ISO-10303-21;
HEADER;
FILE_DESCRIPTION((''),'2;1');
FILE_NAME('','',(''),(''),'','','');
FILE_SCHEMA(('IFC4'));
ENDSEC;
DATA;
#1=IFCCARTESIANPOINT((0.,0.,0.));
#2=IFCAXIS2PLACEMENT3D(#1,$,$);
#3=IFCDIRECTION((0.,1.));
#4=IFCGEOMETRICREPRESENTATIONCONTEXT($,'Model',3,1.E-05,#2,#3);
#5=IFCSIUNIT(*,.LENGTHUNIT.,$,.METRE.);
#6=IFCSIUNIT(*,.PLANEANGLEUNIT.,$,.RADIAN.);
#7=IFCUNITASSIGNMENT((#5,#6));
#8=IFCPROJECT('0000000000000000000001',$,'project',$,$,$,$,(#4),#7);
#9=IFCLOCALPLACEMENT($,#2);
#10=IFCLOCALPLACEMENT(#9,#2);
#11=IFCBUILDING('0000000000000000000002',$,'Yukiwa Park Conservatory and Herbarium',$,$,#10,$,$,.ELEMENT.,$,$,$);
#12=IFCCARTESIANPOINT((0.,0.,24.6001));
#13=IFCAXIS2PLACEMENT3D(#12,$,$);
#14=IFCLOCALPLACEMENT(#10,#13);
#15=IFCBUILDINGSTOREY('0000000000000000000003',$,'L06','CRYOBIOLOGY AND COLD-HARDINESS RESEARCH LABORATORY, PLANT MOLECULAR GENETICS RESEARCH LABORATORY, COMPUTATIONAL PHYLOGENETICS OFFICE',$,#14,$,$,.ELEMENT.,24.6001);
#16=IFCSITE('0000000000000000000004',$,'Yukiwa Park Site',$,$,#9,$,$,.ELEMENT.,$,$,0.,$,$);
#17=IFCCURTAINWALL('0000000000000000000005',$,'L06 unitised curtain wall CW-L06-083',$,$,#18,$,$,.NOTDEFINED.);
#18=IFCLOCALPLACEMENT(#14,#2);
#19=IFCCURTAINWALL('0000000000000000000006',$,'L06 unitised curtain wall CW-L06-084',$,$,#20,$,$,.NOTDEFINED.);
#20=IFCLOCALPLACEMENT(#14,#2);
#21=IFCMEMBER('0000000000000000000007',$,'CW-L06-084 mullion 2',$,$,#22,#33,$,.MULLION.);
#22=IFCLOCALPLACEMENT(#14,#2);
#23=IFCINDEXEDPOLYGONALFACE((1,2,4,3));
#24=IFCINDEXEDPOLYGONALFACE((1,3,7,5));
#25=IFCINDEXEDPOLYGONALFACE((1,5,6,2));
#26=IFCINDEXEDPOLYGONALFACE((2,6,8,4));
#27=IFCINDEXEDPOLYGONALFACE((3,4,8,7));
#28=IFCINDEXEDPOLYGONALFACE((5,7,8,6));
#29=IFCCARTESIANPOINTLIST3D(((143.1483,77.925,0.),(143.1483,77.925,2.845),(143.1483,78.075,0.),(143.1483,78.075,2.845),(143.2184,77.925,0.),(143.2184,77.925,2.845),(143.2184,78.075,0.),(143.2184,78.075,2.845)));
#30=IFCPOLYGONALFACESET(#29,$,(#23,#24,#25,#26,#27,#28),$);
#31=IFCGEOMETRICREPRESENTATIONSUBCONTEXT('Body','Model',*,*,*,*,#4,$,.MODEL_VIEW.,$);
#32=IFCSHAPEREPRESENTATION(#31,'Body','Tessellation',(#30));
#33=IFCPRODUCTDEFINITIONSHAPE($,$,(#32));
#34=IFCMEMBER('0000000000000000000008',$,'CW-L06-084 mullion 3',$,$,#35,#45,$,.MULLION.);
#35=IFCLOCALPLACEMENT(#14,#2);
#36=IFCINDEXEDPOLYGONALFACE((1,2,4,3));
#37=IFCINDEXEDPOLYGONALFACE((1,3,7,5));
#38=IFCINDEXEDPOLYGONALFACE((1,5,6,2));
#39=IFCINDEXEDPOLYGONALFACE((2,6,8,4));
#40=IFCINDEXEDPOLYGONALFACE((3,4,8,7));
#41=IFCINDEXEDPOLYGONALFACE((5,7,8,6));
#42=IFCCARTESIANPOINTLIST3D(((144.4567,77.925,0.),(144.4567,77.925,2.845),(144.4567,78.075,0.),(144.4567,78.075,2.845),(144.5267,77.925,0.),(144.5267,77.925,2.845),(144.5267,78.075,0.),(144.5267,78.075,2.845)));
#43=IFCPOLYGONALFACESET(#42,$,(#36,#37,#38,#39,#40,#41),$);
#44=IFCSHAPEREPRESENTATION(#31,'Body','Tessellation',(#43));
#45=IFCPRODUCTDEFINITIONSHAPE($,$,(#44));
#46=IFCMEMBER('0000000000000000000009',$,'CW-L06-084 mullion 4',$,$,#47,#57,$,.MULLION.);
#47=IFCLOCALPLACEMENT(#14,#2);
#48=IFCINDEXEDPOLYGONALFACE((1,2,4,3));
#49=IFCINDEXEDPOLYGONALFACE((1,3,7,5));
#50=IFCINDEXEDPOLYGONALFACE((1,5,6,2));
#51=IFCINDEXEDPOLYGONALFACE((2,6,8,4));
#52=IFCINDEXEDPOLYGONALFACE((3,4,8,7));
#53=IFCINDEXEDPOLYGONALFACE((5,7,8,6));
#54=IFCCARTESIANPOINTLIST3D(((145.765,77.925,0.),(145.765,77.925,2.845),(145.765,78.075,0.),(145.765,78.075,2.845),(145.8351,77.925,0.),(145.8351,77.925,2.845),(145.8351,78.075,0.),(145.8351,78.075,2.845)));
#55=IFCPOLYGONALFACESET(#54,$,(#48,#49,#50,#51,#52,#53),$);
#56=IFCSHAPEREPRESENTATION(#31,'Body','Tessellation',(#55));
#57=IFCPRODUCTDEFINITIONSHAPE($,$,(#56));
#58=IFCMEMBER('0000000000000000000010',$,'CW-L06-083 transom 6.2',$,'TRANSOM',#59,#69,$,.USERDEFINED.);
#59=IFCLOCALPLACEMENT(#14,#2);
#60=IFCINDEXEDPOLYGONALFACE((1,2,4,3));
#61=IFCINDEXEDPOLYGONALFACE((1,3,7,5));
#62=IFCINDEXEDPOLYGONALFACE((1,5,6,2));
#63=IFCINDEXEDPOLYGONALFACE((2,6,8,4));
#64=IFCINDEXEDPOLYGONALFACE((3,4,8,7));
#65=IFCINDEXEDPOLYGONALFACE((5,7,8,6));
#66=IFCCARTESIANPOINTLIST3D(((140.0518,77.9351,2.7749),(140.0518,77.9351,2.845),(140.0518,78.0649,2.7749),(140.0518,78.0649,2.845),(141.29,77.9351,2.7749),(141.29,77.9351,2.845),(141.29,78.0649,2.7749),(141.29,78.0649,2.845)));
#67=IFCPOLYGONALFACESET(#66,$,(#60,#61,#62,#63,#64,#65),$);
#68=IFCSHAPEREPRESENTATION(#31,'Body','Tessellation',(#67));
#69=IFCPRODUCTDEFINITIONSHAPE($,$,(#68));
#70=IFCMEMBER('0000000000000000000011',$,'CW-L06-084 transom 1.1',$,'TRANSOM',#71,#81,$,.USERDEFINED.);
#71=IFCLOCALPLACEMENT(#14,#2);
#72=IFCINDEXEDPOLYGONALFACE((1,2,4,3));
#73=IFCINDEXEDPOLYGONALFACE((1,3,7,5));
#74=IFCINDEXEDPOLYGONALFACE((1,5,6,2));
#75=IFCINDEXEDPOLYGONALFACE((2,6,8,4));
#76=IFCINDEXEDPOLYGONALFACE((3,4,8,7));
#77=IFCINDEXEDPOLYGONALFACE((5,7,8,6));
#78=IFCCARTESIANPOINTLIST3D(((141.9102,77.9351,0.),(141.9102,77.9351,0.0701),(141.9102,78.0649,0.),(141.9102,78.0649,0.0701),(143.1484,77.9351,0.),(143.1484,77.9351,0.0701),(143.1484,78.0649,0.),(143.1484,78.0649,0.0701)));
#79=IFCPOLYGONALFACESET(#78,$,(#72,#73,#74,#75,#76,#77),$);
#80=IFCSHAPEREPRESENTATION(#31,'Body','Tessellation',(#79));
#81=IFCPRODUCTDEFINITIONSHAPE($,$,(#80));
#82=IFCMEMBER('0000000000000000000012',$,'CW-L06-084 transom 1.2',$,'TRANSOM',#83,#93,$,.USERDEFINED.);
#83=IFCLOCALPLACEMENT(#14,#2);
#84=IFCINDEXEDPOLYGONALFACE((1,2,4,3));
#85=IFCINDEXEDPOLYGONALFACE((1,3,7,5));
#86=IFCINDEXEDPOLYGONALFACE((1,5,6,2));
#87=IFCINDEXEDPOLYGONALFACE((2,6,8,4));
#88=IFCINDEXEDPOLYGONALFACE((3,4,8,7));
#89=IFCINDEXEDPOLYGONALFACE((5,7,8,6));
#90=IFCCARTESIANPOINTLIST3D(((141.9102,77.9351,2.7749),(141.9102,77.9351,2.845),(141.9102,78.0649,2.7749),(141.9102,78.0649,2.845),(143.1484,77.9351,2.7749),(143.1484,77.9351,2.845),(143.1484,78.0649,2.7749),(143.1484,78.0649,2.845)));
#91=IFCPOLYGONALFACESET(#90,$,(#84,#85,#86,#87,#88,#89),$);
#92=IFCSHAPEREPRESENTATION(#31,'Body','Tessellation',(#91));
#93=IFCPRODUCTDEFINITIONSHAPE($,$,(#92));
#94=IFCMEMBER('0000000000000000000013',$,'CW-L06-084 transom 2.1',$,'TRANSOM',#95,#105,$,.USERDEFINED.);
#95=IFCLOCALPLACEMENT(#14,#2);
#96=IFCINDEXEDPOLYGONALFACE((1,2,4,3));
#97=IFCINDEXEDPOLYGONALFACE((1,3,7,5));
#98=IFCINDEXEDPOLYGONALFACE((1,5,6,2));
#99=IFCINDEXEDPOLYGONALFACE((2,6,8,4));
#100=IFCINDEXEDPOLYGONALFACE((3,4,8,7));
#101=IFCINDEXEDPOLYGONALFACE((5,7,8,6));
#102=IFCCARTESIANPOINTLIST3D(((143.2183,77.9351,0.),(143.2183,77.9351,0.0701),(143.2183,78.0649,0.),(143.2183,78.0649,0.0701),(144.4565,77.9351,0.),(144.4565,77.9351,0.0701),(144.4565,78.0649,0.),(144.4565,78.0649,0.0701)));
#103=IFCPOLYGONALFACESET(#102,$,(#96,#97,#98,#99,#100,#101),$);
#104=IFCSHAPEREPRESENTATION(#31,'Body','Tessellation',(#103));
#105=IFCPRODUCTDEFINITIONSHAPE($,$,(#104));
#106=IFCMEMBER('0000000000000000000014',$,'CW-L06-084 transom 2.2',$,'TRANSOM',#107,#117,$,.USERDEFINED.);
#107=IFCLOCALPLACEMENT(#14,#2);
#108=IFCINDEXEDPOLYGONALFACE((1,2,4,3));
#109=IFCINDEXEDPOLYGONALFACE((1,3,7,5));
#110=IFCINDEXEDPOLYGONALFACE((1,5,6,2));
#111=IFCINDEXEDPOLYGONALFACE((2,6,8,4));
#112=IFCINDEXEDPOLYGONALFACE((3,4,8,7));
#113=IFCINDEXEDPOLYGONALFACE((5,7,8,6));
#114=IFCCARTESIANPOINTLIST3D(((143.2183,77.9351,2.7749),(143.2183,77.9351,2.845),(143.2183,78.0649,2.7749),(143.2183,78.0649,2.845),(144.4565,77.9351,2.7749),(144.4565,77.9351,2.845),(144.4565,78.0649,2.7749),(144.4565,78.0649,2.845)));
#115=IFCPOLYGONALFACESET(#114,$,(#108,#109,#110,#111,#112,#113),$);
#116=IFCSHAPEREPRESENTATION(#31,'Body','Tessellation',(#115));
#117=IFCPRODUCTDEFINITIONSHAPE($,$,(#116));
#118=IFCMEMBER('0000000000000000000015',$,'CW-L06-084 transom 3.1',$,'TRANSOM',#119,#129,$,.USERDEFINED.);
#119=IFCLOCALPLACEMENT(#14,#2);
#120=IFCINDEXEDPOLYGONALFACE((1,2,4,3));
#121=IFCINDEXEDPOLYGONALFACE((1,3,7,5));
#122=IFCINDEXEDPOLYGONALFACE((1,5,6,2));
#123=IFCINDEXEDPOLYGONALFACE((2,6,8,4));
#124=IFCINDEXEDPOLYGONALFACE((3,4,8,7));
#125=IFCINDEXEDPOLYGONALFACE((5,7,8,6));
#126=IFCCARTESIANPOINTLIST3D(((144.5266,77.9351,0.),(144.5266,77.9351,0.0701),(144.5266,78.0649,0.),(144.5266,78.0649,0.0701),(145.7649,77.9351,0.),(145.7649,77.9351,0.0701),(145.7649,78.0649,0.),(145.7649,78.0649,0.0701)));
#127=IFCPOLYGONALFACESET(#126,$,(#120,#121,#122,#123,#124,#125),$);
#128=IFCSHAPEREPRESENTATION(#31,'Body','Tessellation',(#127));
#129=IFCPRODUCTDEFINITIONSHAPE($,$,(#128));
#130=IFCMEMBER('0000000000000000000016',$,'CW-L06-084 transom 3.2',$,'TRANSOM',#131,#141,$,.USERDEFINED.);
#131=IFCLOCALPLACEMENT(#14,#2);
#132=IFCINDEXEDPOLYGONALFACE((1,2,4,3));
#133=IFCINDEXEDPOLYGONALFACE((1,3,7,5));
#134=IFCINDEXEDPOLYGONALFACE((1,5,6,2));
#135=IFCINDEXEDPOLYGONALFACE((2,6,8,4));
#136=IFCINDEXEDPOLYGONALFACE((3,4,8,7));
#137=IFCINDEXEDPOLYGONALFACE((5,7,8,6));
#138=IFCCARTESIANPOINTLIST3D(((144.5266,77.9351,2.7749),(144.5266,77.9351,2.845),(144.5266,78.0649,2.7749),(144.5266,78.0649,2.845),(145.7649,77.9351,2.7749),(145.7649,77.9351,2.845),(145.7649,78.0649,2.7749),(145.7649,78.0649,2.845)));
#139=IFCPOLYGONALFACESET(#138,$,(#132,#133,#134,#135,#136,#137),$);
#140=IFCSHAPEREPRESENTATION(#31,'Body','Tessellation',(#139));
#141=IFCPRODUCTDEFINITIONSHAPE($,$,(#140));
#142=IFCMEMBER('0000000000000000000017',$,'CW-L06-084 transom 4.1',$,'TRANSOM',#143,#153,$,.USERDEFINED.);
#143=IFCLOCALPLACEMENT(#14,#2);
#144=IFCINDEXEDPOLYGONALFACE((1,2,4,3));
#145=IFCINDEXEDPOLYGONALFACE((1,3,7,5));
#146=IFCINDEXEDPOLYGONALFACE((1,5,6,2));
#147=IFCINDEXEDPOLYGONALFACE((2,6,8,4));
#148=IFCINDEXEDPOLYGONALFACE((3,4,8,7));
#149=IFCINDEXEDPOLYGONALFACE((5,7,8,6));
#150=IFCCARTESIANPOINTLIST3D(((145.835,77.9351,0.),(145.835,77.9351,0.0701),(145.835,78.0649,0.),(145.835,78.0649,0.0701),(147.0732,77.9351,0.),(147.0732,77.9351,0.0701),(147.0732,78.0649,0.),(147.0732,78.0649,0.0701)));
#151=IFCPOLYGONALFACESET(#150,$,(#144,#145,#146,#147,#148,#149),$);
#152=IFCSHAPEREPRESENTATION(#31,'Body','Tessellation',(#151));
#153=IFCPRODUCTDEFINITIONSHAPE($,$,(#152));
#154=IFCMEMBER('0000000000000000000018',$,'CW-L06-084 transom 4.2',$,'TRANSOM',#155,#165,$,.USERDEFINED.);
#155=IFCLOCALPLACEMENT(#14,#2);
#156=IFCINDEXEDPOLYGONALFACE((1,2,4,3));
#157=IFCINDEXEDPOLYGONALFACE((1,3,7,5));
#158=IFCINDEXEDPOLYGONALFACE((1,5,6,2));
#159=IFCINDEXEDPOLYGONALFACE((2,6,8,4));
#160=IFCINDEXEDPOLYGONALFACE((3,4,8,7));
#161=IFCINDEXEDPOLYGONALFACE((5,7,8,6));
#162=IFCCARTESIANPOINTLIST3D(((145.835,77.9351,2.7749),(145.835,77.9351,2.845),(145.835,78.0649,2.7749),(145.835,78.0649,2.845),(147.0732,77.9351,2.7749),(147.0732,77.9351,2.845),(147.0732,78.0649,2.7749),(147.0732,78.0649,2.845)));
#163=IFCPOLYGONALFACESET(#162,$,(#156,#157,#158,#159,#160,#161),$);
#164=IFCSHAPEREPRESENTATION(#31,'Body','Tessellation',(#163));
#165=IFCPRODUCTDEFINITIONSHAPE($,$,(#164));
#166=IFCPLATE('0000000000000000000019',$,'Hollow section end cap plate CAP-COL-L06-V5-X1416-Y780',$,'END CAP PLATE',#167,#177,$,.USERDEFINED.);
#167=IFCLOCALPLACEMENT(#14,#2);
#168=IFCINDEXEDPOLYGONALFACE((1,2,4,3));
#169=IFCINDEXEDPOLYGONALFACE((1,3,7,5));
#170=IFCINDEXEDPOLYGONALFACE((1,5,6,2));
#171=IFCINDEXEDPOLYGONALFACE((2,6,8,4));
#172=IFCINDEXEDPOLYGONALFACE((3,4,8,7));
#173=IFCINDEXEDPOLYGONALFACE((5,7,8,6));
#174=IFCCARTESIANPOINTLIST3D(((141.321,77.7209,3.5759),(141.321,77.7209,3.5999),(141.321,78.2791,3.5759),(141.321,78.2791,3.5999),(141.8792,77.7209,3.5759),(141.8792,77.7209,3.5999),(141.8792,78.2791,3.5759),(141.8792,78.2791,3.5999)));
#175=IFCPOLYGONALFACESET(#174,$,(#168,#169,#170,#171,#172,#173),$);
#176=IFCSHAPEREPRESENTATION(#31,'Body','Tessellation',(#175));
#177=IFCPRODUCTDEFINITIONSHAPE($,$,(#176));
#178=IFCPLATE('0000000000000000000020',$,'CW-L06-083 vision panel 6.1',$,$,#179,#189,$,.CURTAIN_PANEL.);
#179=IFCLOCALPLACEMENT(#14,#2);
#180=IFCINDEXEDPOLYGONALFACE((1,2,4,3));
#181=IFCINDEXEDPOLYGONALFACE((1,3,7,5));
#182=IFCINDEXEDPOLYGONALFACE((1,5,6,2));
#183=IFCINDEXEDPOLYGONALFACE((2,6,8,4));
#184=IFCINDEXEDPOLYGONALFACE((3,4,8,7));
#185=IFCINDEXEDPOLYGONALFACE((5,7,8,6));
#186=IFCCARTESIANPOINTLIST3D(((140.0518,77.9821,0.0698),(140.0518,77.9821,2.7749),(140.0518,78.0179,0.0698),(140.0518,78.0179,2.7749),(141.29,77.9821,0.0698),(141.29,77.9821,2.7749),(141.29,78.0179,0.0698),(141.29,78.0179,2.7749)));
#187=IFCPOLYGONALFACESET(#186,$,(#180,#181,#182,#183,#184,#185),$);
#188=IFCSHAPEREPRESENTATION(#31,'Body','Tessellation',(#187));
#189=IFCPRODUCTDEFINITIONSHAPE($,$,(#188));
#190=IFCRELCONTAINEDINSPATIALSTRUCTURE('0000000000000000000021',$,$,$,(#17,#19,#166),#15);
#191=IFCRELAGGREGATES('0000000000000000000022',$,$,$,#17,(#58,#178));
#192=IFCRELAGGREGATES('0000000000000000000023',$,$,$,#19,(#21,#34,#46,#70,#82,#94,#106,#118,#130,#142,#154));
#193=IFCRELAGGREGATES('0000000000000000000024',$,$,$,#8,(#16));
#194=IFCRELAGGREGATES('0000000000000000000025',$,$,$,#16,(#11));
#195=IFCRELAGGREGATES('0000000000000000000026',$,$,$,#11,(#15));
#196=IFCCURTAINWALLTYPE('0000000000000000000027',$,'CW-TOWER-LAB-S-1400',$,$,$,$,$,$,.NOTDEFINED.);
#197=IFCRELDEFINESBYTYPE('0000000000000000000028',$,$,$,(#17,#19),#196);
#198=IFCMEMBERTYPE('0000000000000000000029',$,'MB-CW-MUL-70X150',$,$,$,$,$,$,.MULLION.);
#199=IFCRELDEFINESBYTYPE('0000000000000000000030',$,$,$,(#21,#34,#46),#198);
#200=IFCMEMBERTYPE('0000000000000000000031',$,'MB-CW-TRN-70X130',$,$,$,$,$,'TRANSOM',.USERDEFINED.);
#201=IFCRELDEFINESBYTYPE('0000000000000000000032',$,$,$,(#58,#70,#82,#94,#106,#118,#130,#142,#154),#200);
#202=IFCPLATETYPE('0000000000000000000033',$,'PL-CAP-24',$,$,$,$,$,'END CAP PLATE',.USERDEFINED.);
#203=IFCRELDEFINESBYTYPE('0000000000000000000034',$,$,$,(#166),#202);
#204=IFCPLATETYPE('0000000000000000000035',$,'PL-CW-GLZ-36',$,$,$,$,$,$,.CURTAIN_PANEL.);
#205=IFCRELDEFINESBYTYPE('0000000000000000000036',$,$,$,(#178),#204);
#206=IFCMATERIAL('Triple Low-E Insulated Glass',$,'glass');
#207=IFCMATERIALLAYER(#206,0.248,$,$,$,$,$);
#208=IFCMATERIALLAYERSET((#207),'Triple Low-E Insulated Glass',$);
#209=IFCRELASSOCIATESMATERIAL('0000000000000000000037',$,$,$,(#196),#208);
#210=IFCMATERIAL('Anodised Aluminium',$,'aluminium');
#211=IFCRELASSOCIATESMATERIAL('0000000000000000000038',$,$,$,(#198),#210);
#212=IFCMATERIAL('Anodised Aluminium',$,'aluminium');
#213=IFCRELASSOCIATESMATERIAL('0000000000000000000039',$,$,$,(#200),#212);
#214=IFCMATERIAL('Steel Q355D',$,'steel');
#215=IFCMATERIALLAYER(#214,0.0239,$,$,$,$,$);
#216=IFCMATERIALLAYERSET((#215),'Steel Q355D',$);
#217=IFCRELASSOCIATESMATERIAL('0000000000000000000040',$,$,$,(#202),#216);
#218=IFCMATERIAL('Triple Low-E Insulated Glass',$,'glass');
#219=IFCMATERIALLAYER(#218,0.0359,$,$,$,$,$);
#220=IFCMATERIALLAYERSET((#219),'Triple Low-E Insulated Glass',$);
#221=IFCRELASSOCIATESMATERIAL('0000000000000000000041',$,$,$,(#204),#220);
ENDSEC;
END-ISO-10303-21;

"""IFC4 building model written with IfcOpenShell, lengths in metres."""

from ifc_helpers import new_model, si_unit, direction, frame, origin, origin_2d, place, context, subcontext, project, spatial, rectangle, extrude, material, layer, layer_set, type_object, element, aggregate, save


model = new_model("IFC4")

# Units and contexts
model_context = context("Model", 3, precision=1e-05, world=origin(), true_north=direction((0.0, 1.0)))
body_context = subcontext(model_context, "Body", "Model", "MODEL_VIEW")
ifc_project = project(units=[si_unit("LENGTHUNIT", "METRE"), si_unit("PLANEANGLEUNIT", "RADIAN")], contexts=[model_context])

# Site, building, storey
site_placement = place(None, origin())
site = spatial("IfcSite", under=ifc_project, at=site_placement, Name="Yukiwa Park Site", CompositionType="ELEMENT", RefElevation=0.0)
building_placement = place(site_placement, origin())
building = spatial("IfcBuilding", under=site, at=building_placement, Name="Yukiwa Park Conservatory and Herbarium", CompositionType="ELEMENT")
storey_placement = place(building_placement, frame((0.0, 0.0, 24.6001)))
storey = spatial("IfcBuildingStorey", under=building, at=storey_placement, Name="L06", Description="CRYOBIOLOGY AND COLD-HARDINESS RESEARCH LABORATORY, PLANT MOLECULAR GENETICS RESEARCH LABORATORY, COMPUTATIONAL PHYLOGENETICS OFFICE", CompositionType="ELEMENT", Elevation=24.6001)

# Curtain wall
ifc_material_1 = material(Name="Triple Low-E Insulated Glass", Category="glass")
ifc_layer_1 = layer(ifc_material_1, 0.248)
ifc_layer_set_1 = layer_set([ifc_layer_1], Name="Triple Low-E Insulated Glass")
curtain_wall_type = type_object("IfcCurtainWallType", Name="CW-TOWER-LAB-S-1400", PredefinedType="NOTDEFINED", material=ifc_layer_set_1)
curtain_wall_1_placement = place(storey_placement, origin())
curtain_wall_1 = element("IfcCurtainWall", 1, at=curtain_wall_1_placement, inside=storey, type_object=curtain_wall_type, Name="L06 unitised curtain wall CW-L06-083", PredefinedType="NOTDEFINED")
ifc_material_2 = material(Name="Anodised Aluminium", Category="aluminium")
member_type_1 = type_object("IfcMemberType", Name="MB-CW-MUL-70X150", PredefinedType="MULLION", material=ifc_material_2)

# Curtain wall, members
curtain_wall_2_placement = place(storey_placement, origin())
curtain_wall_2 = element("IfcCurtainWall", 2, at=curtain_wall_2_placement, inside=storey, type_object=curtain_wall_type, Name="L06 unitised curtain wall CW-L06-084", PredefinedType="NOTDEFINED")
member_1_placement = place(storey_placement, frame((143.1833, 78.0, 0.0), z_axis=(0.0, 0.0, 1.0), x_axis=(1.0, 0.0, 0.0)))
member_1 = element("IfcMember", 3, at=member_1_placement, type_object=member_type_1, Name="CW-L06-084 mullion 2", PredefinedType="MULLION", context=body_context, shape_type="SweptSolid", body=[
    extrude(rectangle(XDim=0.0701, YDim=0.1499, at=origin_2d()), origin(), (0.0, 0.0, 1.0), 2.845),
])
member_2_placement = place(storey_placement, frame((144.4917, 78.0, 0.0), z_axis=(0.0, 0.0, 1.0), x_axis=(1.0, 0.0, 0.0)))
member_2 = element("IfcMember", 4, at=member_2_placement, type_object=member_type_1, Name="CW-L06-084 mullion 3", PredefinedType="MULLION", context=body_context, shape_type="SweptSolid", body=[
    extrude(rectangle(XDim=0.0701, YDim=0.1499, at=origin_2d()), origin(), (0.0, 0.0, 1.0), 2.845),
])
member_3_placement = place(storey_placement, frame((145.8, 78.0, 0.0), z_axis=(0.0, 0.0, 1.0), x_axis=(1.0, 0.0, 0.0)))
member_3 = element("IfcMember", 5, at=member_3_placement, type_object=member_type_1, Name="CW-L06-084 mullion 4", PredefinedType="MULLION", context=body_context, shape_type="SweptSolid", body=[
    extrude(rectangle(XDim=0.0701, YDim=0.1499, at=origin_2d()), origin(), (0.0, 0.0, 1.0), 2.845),
])

# Members
ifc_material_3 = material(Name="Anodised Aluminium", Category="aluminium")
member_type_2 = type_object("IfcMemberType", Name="MB-CW-TRN-70X130", ElementType="TRANSOM", PredefinedType="USERDEFINED", material=ifc_material_3)
member_4_placement = place(storey_placement, frame((140.6709, 78.0, 2.7749), z_axis=(0.0, 0.0, 1.0), x_axis=(1.0, 0.0, 0.0)))
member_4 = element("IfcMember", 6, at=member_4_placement, type_object=member_type_2, Name="CW-L06-083 transom 6.2", ObjectType="TRANSOM", PredefinedType="USERDEFINED", context=body_context, shape_type="SweptSolid", body=[
    extrude(rectangle(XDim=1.2383, YDim=0.1299, at=origin_2d()), origin(), (0.0, 0.0, 1.0), 0.0701),
])
member_5_placement = place(storey_placement, frame((142.5293, 78.0, 0.0), z_axis=(0.0, 0.0, 1.0), x_axis=(1.0, 0.0, 0.0)))
member_5 = element("IfcMember", 7, at=member_5_placement, type_object=member_type_2, Name="CW-L06-084 transom 1.1", ObjectType="TRANSOM", PredefinedType="USERDEFINED", context=body_context, shape_type="SweptSolid", body=[
    extrude(rectangle(XDim=1.2383, YDim=0.1299, at=origin_2d()), origin(), (0.0, 0.0, 1.0), 0.0701),
])
member_6_placement = place(storey_placement, frame((142.5293, 78.0, 2.7749), z_axis=(0.0, 0.0, 1.0), x_axis=(1.0, 0.0, 0.0)))
member_6 = element("IfcMember", 8, at=member_6_placement, type_object=member_type_2, Name="CW-L06-084 transom 1.2", ObjectType="TRANSOM", PredefinedType="USERDEFINED", context=body_context, shape_type="SweptSolid", body=[
    extrude(rectangle(XDim=1.2383, YDim=0.1299, at=origin_2d()), origin(), (0.0, 0.0, 1.0), 0.0701),
])
member_7_placement = place(storey_placement, frame((143.8374, 78.0, 0.0), z_axis=(0.0, 0.0, 1.0), x_axis=(1.0, 0.0, 0.0)))
member_7 = element("IfcMember", 9, at=member_7_placement, type_object=member_type_2, Name="CW-L06-084 transom 2.1", ObjectType="TRANSOM", PredefinedType="USERDEFINED", context=body_context, shape_type="SweptSolid", body=[
    extrude(rectangle(XDim=1.2383, YDim=0.1299, at=origin_2d()), origin(), (0.0, 0.0, 1.0), 0.0701),
])
member_8_placement = place(storey_placement, frame((143.8374, 78.0, 2.7749), z_axis=(0.0, 0.0, 1.0), x_axis=(1.0, 0.0, 0.0)))
member_8 = element("IfcMember", 10, at=member_8_placement, type_object=member_type_2, Name="CW-L06-084 transom 2.2", ObjectType="TRANSOM", PredefinedType="USERDEFINED", context=body_context, shape_type="SweptSolid", body=[
    extrude(rectangle(XDim=1.2383, YDim=0.1299, at=origin_2d()), origin(), (0.0, 0.0, 1.0), 0.0701),
])
member_9_placement = place(storey_placement, frame((145.1458, 78.0, 0.0), z_axis=(0.0, 0.0, 1.0), x_axis=(1.0, 0.0, 0.0)))
member_9 = element("IfcMember", 11, at=member_9_placement, type_object=member_type_2, Name="CW-L06-084 transom 3.1", ObjectType="TRANSOM", PredefinedType="USERDEFINED", context=body_context, shape_type="SweptSolid", body=[
    extrude(rectangle(XDim=1.2383, YDim=0.1299, at=origin_2d()), origin(), (0.0, 0.0, 1.0), 0.0701),
])
member_10_placement = place(storey_placement, frame((145.1458, 78.0, 2.7749), z_axis=(0.0, 0.0, 1.0), x_axis=(1.0, 0.0, 0.0)))
member_10 = element("IfcMember", 12, at=member_10_placement, type_object=member_type_2, Name="CW-L06-084 transom 3.2", ObjectType="TRANSOM", PredefinedType="USERDEFINED", context=body_context, shape_type="SweptSolid", body=[
    extrude(rectangle(XDim=1.2383, YDim=0.1299, at=origin_2d()), origin(), (0.0, 0.0, 1.0), 0.0701),
])
member_11_placement = place(storey_placement, frame((146.4541, 78.0, 0.0), z_axis=(0.0, 0.0, 1.0), x_axis=(1.0, 0.0, 0.0)))
member_11 = element("IfcMember", 13, at=member_11_placement, type_object=member_type_2, Name="CW-L06-084 transom 4.1", ObjectType="TRANSOM", PredefinedType="USERDEFINED", context=body_context, shape_type="SweptSolid", body=[
    extrude(rectangle(XDim=1.2383, YDim=0.1299, at=origin_2d()), origin(), (0.0, 0.0, 1.0), 0.0701),
])
member_12_placement = place(storey_placement, frame((146.4541, 78.0, 2.7749), z_axis=(0.0, 0.0, 1.0), x_axis=(1.0, 0.0, 0.0)))
member_12 = element("IfcMember", 14, at=member_12_placement, type_object=member_type_2, Name="CW-L06-084 transom 4.2", ObjectType="TRANSOM", PredefinedType="USERDEFINED", context=body_context, shape_type="SweptSolid", body=[
    extrude(rectangle(XDim=1.2383, YDim=0.1299, at=origin_2d()), origin(), (0.0, 0.0, 1.0), 0.0701),
])

# Plates
ifc_material_4 = material(Name="Steel Q355D", Category="steel")
ifc_layer_2 = layer(ifc_material_4, 0.0239)
ifc_layer_set_2 = layer_set([ifc_layer_2], Name="Steel Q355D")
plate_type_1 = type_object("IfcPlateType", Name="PL-CAP-24", ElementType="END CAP PLATE", PredefinedType="USERDEFINED", material=ifc_layer_set_2)
plate_1_placement = place(storey_placement, frame((141.6001, 78.0, 3.5759), z_axis=(0.0, 0.0, 1.0), x_axis=(1.0, 0.0, 0.0)))
element("IfcPlate", 15, at=plate_1_placement, inside=storey, type_object=plate_type_1, Name="Hollow section end cap plate CAP-COL-L06-V5-X1416-Y780", ObjectType="END CAP PLATE", PredefinedType="USERDEFINED", context=body_context, shape_type="SweptSolid", body=[
    extrude(rectangle(XDim=0.5581, YDim=0.5581, at=origin_2d()), origin(), (0.0, 0.0, 1.0), 0.0239),
])
ifc_material_5 = material(Name="Triple Low-E Insulated Glass", Category="glass")
ifc_layer_3 = layer(ifc_material_5, 0.0359)
ifc_layer_set_3 = layer_set([ifc_layer_3], Name="Triple Low-E Insulated Glass")
plate_type_2 = type_object("IfcPlateType", Name="PL-CW-GLZ-36", PredefinedType="CURTAIN_PANEL", material=ifc_layer_set_3)
plate_2_placement = place(storey_placement, frame((140.6709, 78.0, 0.0698), z_axis=(0.0, 0.0, 1.0), x_axis=(1.0, 0.0, 0.0)))
plate_2 = element("IfcPlate", 16, at=plate_2_placement, type_object=plate_type_2, Name="CW-L06-083 vision panel 6.1", PredefinedType="CURTAIN_PANEL", context=body_context, shape_type="SweptSolid", body=[
    extrude(rectangle(XDim=1.2383, YDim=0.0359, at=origin_2d()), origin(), (0.0, 0.0, 1.0), 2.7051),
])
aggregate(curtain_wall_1, [member_4, plate_2])
aggregate(curtain_wall_2, [member_1, member_2, member_3, member_5, member_6, member_7, member_8, member_9, member_10, member_11, member_12])

save(model, "model.ifc")
